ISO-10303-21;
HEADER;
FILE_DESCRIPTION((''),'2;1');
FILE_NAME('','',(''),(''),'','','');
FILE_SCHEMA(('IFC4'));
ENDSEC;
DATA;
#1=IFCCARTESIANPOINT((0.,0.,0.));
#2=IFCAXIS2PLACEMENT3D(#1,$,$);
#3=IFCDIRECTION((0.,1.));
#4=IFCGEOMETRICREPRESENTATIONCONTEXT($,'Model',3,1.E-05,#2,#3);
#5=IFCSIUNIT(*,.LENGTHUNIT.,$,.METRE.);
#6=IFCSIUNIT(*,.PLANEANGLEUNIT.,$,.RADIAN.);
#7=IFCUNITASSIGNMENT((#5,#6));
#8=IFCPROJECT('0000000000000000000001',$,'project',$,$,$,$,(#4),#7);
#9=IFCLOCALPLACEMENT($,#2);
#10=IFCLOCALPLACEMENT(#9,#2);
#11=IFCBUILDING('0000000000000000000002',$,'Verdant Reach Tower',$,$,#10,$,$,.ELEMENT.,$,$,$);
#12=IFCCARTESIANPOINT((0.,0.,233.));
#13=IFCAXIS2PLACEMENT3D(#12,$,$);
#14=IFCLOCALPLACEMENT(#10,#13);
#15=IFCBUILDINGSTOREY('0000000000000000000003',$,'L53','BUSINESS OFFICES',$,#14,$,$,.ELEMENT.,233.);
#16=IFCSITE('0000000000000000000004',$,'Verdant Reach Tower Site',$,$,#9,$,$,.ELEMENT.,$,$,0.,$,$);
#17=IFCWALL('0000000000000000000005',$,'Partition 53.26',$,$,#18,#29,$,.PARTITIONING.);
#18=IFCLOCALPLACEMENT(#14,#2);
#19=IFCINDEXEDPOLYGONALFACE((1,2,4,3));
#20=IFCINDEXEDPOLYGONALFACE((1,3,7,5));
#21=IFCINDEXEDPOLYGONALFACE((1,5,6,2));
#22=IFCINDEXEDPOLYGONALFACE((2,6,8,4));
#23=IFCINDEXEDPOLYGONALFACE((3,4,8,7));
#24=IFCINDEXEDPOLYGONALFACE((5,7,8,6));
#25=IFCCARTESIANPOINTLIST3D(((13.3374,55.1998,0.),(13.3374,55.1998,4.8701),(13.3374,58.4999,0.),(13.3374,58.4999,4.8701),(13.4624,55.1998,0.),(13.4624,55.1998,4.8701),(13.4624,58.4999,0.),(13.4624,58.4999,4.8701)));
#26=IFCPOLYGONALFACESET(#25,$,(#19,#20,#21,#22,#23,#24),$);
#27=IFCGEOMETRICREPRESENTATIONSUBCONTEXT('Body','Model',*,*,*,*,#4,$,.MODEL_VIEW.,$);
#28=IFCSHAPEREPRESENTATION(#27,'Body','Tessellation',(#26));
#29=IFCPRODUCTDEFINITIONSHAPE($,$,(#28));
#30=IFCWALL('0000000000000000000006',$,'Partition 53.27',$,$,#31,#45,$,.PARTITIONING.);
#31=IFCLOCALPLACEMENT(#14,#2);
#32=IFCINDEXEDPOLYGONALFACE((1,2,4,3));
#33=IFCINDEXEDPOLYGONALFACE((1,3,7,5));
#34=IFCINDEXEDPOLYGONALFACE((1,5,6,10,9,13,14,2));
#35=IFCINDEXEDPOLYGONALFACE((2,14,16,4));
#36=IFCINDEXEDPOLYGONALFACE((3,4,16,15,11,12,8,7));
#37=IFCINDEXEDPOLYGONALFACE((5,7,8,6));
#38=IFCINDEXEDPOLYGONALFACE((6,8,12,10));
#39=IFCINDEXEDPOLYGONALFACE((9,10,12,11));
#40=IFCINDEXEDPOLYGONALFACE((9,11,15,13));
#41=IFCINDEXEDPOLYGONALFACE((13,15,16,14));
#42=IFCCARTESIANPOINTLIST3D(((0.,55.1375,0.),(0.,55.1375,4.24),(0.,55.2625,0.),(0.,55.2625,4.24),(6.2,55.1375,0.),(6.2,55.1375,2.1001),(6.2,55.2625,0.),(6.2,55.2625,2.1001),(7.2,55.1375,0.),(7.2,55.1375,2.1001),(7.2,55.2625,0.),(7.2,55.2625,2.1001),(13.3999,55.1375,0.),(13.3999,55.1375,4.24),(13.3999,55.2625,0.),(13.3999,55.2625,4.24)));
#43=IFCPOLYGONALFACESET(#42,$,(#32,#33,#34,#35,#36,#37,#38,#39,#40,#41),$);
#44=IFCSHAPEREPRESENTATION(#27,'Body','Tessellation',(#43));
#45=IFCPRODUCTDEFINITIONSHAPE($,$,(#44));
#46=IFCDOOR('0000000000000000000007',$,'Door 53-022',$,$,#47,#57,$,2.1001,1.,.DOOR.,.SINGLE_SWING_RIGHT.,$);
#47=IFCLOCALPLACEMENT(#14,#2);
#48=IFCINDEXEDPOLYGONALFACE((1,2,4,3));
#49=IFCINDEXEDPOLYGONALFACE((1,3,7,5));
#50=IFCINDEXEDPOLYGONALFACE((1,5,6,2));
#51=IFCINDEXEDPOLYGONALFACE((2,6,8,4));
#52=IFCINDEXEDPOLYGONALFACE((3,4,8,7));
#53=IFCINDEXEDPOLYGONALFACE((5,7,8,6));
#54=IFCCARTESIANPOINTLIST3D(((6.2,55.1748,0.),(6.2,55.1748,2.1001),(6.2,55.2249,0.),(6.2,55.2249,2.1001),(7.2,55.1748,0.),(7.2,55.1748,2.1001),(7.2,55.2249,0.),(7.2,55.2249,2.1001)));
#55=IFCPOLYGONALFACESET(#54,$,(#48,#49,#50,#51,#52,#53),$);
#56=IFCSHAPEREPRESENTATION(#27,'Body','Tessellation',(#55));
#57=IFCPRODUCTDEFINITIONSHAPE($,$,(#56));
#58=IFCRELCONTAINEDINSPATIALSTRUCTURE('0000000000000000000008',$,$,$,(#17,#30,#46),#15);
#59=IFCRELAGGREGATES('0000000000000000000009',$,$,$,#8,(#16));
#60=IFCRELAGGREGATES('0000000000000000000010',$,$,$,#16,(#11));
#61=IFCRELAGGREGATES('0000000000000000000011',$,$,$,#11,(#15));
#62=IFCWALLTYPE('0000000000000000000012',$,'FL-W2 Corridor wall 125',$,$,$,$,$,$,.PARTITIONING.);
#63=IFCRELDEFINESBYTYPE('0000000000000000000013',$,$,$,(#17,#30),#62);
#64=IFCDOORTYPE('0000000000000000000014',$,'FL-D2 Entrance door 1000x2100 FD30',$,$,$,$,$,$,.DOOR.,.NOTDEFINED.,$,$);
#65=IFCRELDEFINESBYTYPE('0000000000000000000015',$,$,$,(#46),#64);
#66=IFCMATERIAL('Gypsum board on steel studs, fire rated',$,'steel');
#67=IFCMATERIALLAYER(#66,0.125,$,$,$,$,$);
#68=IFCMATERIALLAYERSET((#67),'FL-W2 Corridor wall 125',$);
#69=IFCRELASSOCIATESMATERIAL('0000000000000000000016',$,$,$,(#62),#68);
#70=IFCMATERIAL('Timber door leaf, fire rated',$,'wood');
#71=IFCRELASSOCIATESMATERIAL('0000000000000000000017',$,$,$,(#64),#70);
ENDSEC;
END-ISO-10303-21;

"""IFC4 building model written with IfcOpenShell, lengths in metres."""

from ifc_helpers import new_model, si_unit, direction, frame, frame_2d, origin, place, context, subcontext, project, spatial, rectangle, extrude, material, layer, layer_set, type_object, element, fill, save


model = new_model("IFC4")

# Units and contexts
model_context = context("Model", 3, precision=1e-05, world=origin(), true_north=direction((0.0, 1.0)))
body_context = subcontext(model_context, "Body", "Model", "MODEL_VIEW")
ifc_project = project(units=[si_unit("LENGTHUNIT", "METRE"), si_unit("PLANEANGLEUNIT", "RADIAN")], contexts=[model_context])

# Site, building, storey
site_placement = place(None, origin())
site = spatial("IfcSite", under=ifc_project, at=site_placement, Name="Verdant Reach Tower Site", CompositionType="ELEMENT", RefElevation=0.0)
building_placement = place(site_placement, origin())
building = spatial("IfcBuilding", under=site, at=building_placement, Name="Verdant Reach Tower", CompositionType="ELEMENT")
storey_placement = place(building_placement, frame((0.0, 0.0, 233.0)))
storey = spatial("IfcBuildingStorey", under=building, at=storey_placement, Name="L53", Description="BUSINESS OFFICES", CompositionType="ELEMENT", Elevation=233.0)

# Shared definitions
ifc_material_1 = material(Name="Gypsum board on steel studs, fire rated", Category="steel")
ifc_layer_1 = layer(ifc_material_1, 0.125)
ifc_layer_set_1 = layer_set([ifc_layer_1], Name="FL-W2 Corridor wall 125")
wall_type_1 = type_object("IfcWallType", Name="FL-W2 Corridor wall 125", PredefinedType="PARTITIONING", material=ifc_layer_set_1)
ifc_material_2 = material(Name="Timber door leaf, fire rated", Category="wood")
door_type_1 = type_object("IfcDoorType", Name="FL-D2 Entrance door 1000x2100 FD30", OperationType="NOTDEFINED", PredefinedType="DOOR", material=ifc_material_2)

# Wall
wall_1_placement = place(storey_placement, frame((13.3999, 55.2, 0.0), z_axis=(0.0, 0.0, 1.0), x_axis=(0.0, 1.0, 0.0)))
element("IfcWall", 1, at=wall_1_placement, inside=storey, type_object=wall_type_1, Name="Partition 53.26", PredefinedType="PARTITIONING", context=body_context, shape_type="SweptSolid", body=[
    extrude(rectangle(XDim=3.3, YDim=0.125, at=frame_2d((1.6499, 0.0))), origin(), (0.0, 0.0, 1.0), 4.8701),
])

# Wall, opening, door
wall_2_placement = place(storey_placement, frame((0.0, 55.2, 0.0), z_axis=(0.0, 0.0, 1.0), x_axis=(1.0, 0.0, 0.0)))
wall_2 = element("IfcWall", 2, at=wall_2_placement, inside=storey, type_object=wall_type_1, Name="Partition 53.27", PredefinedType="PARTITIONING", context=body_context, shape_type="SweptSolid", body=[
    extrude(rectangle(XDim=13.3999, YDim=0.125, at=frame_2d((6.7, 0.0))), origin(), (0.0, 0.0, 1.0), 4.24),
])
opening_1_placement = place(wall_2_placement, frame((6.2, 0.0, 0.0)))
opening_1 = element("IfcOpeningElement", 3, at=opening_1_placement, cuts=wall_2, PredefinedType="OPENING", context=body_context, shape_type="SweptSolid", body=[
    extrude(rectangle(XDim=1.0, YDim=2.1001, at=frame_2d((0.5, 1.05))), frame((0.0, 0.0725, 0.0), z_axis=(0.0, -1.0, 0.0), x_axis=(1.0, 0.0, 0.0)), (0.0, 0.0, 1.0), 0.145),
])
door_1_placement = place(opening_1_placement, origin())
door_1 = element("IfcDoor", 4, at=door_1_placement, inside=storey, type_object=door_type_1, Name="Door 53-022", OperationType="SINGLE_SWING_RIGHT", OverallHeight=2.1001, OverallWidth=1.0, PredefinedType="DOOR", context=body_context, shape_type="SweptSolid", body=[
    extrude(rectangle(XDim=1.0, YDim=2.1001, at=frame_2d((0.5, 1.05))), frame((0.0, 0.0249, 0.0), z_axis=(0.0, -1.0, 0.0), x_axis=(1.0, 0.0, 0.0)), (0.0, 0.0, 1.0), 0.05),
])
fill(opening_1, door_1)

save(model, "model.ifc")
